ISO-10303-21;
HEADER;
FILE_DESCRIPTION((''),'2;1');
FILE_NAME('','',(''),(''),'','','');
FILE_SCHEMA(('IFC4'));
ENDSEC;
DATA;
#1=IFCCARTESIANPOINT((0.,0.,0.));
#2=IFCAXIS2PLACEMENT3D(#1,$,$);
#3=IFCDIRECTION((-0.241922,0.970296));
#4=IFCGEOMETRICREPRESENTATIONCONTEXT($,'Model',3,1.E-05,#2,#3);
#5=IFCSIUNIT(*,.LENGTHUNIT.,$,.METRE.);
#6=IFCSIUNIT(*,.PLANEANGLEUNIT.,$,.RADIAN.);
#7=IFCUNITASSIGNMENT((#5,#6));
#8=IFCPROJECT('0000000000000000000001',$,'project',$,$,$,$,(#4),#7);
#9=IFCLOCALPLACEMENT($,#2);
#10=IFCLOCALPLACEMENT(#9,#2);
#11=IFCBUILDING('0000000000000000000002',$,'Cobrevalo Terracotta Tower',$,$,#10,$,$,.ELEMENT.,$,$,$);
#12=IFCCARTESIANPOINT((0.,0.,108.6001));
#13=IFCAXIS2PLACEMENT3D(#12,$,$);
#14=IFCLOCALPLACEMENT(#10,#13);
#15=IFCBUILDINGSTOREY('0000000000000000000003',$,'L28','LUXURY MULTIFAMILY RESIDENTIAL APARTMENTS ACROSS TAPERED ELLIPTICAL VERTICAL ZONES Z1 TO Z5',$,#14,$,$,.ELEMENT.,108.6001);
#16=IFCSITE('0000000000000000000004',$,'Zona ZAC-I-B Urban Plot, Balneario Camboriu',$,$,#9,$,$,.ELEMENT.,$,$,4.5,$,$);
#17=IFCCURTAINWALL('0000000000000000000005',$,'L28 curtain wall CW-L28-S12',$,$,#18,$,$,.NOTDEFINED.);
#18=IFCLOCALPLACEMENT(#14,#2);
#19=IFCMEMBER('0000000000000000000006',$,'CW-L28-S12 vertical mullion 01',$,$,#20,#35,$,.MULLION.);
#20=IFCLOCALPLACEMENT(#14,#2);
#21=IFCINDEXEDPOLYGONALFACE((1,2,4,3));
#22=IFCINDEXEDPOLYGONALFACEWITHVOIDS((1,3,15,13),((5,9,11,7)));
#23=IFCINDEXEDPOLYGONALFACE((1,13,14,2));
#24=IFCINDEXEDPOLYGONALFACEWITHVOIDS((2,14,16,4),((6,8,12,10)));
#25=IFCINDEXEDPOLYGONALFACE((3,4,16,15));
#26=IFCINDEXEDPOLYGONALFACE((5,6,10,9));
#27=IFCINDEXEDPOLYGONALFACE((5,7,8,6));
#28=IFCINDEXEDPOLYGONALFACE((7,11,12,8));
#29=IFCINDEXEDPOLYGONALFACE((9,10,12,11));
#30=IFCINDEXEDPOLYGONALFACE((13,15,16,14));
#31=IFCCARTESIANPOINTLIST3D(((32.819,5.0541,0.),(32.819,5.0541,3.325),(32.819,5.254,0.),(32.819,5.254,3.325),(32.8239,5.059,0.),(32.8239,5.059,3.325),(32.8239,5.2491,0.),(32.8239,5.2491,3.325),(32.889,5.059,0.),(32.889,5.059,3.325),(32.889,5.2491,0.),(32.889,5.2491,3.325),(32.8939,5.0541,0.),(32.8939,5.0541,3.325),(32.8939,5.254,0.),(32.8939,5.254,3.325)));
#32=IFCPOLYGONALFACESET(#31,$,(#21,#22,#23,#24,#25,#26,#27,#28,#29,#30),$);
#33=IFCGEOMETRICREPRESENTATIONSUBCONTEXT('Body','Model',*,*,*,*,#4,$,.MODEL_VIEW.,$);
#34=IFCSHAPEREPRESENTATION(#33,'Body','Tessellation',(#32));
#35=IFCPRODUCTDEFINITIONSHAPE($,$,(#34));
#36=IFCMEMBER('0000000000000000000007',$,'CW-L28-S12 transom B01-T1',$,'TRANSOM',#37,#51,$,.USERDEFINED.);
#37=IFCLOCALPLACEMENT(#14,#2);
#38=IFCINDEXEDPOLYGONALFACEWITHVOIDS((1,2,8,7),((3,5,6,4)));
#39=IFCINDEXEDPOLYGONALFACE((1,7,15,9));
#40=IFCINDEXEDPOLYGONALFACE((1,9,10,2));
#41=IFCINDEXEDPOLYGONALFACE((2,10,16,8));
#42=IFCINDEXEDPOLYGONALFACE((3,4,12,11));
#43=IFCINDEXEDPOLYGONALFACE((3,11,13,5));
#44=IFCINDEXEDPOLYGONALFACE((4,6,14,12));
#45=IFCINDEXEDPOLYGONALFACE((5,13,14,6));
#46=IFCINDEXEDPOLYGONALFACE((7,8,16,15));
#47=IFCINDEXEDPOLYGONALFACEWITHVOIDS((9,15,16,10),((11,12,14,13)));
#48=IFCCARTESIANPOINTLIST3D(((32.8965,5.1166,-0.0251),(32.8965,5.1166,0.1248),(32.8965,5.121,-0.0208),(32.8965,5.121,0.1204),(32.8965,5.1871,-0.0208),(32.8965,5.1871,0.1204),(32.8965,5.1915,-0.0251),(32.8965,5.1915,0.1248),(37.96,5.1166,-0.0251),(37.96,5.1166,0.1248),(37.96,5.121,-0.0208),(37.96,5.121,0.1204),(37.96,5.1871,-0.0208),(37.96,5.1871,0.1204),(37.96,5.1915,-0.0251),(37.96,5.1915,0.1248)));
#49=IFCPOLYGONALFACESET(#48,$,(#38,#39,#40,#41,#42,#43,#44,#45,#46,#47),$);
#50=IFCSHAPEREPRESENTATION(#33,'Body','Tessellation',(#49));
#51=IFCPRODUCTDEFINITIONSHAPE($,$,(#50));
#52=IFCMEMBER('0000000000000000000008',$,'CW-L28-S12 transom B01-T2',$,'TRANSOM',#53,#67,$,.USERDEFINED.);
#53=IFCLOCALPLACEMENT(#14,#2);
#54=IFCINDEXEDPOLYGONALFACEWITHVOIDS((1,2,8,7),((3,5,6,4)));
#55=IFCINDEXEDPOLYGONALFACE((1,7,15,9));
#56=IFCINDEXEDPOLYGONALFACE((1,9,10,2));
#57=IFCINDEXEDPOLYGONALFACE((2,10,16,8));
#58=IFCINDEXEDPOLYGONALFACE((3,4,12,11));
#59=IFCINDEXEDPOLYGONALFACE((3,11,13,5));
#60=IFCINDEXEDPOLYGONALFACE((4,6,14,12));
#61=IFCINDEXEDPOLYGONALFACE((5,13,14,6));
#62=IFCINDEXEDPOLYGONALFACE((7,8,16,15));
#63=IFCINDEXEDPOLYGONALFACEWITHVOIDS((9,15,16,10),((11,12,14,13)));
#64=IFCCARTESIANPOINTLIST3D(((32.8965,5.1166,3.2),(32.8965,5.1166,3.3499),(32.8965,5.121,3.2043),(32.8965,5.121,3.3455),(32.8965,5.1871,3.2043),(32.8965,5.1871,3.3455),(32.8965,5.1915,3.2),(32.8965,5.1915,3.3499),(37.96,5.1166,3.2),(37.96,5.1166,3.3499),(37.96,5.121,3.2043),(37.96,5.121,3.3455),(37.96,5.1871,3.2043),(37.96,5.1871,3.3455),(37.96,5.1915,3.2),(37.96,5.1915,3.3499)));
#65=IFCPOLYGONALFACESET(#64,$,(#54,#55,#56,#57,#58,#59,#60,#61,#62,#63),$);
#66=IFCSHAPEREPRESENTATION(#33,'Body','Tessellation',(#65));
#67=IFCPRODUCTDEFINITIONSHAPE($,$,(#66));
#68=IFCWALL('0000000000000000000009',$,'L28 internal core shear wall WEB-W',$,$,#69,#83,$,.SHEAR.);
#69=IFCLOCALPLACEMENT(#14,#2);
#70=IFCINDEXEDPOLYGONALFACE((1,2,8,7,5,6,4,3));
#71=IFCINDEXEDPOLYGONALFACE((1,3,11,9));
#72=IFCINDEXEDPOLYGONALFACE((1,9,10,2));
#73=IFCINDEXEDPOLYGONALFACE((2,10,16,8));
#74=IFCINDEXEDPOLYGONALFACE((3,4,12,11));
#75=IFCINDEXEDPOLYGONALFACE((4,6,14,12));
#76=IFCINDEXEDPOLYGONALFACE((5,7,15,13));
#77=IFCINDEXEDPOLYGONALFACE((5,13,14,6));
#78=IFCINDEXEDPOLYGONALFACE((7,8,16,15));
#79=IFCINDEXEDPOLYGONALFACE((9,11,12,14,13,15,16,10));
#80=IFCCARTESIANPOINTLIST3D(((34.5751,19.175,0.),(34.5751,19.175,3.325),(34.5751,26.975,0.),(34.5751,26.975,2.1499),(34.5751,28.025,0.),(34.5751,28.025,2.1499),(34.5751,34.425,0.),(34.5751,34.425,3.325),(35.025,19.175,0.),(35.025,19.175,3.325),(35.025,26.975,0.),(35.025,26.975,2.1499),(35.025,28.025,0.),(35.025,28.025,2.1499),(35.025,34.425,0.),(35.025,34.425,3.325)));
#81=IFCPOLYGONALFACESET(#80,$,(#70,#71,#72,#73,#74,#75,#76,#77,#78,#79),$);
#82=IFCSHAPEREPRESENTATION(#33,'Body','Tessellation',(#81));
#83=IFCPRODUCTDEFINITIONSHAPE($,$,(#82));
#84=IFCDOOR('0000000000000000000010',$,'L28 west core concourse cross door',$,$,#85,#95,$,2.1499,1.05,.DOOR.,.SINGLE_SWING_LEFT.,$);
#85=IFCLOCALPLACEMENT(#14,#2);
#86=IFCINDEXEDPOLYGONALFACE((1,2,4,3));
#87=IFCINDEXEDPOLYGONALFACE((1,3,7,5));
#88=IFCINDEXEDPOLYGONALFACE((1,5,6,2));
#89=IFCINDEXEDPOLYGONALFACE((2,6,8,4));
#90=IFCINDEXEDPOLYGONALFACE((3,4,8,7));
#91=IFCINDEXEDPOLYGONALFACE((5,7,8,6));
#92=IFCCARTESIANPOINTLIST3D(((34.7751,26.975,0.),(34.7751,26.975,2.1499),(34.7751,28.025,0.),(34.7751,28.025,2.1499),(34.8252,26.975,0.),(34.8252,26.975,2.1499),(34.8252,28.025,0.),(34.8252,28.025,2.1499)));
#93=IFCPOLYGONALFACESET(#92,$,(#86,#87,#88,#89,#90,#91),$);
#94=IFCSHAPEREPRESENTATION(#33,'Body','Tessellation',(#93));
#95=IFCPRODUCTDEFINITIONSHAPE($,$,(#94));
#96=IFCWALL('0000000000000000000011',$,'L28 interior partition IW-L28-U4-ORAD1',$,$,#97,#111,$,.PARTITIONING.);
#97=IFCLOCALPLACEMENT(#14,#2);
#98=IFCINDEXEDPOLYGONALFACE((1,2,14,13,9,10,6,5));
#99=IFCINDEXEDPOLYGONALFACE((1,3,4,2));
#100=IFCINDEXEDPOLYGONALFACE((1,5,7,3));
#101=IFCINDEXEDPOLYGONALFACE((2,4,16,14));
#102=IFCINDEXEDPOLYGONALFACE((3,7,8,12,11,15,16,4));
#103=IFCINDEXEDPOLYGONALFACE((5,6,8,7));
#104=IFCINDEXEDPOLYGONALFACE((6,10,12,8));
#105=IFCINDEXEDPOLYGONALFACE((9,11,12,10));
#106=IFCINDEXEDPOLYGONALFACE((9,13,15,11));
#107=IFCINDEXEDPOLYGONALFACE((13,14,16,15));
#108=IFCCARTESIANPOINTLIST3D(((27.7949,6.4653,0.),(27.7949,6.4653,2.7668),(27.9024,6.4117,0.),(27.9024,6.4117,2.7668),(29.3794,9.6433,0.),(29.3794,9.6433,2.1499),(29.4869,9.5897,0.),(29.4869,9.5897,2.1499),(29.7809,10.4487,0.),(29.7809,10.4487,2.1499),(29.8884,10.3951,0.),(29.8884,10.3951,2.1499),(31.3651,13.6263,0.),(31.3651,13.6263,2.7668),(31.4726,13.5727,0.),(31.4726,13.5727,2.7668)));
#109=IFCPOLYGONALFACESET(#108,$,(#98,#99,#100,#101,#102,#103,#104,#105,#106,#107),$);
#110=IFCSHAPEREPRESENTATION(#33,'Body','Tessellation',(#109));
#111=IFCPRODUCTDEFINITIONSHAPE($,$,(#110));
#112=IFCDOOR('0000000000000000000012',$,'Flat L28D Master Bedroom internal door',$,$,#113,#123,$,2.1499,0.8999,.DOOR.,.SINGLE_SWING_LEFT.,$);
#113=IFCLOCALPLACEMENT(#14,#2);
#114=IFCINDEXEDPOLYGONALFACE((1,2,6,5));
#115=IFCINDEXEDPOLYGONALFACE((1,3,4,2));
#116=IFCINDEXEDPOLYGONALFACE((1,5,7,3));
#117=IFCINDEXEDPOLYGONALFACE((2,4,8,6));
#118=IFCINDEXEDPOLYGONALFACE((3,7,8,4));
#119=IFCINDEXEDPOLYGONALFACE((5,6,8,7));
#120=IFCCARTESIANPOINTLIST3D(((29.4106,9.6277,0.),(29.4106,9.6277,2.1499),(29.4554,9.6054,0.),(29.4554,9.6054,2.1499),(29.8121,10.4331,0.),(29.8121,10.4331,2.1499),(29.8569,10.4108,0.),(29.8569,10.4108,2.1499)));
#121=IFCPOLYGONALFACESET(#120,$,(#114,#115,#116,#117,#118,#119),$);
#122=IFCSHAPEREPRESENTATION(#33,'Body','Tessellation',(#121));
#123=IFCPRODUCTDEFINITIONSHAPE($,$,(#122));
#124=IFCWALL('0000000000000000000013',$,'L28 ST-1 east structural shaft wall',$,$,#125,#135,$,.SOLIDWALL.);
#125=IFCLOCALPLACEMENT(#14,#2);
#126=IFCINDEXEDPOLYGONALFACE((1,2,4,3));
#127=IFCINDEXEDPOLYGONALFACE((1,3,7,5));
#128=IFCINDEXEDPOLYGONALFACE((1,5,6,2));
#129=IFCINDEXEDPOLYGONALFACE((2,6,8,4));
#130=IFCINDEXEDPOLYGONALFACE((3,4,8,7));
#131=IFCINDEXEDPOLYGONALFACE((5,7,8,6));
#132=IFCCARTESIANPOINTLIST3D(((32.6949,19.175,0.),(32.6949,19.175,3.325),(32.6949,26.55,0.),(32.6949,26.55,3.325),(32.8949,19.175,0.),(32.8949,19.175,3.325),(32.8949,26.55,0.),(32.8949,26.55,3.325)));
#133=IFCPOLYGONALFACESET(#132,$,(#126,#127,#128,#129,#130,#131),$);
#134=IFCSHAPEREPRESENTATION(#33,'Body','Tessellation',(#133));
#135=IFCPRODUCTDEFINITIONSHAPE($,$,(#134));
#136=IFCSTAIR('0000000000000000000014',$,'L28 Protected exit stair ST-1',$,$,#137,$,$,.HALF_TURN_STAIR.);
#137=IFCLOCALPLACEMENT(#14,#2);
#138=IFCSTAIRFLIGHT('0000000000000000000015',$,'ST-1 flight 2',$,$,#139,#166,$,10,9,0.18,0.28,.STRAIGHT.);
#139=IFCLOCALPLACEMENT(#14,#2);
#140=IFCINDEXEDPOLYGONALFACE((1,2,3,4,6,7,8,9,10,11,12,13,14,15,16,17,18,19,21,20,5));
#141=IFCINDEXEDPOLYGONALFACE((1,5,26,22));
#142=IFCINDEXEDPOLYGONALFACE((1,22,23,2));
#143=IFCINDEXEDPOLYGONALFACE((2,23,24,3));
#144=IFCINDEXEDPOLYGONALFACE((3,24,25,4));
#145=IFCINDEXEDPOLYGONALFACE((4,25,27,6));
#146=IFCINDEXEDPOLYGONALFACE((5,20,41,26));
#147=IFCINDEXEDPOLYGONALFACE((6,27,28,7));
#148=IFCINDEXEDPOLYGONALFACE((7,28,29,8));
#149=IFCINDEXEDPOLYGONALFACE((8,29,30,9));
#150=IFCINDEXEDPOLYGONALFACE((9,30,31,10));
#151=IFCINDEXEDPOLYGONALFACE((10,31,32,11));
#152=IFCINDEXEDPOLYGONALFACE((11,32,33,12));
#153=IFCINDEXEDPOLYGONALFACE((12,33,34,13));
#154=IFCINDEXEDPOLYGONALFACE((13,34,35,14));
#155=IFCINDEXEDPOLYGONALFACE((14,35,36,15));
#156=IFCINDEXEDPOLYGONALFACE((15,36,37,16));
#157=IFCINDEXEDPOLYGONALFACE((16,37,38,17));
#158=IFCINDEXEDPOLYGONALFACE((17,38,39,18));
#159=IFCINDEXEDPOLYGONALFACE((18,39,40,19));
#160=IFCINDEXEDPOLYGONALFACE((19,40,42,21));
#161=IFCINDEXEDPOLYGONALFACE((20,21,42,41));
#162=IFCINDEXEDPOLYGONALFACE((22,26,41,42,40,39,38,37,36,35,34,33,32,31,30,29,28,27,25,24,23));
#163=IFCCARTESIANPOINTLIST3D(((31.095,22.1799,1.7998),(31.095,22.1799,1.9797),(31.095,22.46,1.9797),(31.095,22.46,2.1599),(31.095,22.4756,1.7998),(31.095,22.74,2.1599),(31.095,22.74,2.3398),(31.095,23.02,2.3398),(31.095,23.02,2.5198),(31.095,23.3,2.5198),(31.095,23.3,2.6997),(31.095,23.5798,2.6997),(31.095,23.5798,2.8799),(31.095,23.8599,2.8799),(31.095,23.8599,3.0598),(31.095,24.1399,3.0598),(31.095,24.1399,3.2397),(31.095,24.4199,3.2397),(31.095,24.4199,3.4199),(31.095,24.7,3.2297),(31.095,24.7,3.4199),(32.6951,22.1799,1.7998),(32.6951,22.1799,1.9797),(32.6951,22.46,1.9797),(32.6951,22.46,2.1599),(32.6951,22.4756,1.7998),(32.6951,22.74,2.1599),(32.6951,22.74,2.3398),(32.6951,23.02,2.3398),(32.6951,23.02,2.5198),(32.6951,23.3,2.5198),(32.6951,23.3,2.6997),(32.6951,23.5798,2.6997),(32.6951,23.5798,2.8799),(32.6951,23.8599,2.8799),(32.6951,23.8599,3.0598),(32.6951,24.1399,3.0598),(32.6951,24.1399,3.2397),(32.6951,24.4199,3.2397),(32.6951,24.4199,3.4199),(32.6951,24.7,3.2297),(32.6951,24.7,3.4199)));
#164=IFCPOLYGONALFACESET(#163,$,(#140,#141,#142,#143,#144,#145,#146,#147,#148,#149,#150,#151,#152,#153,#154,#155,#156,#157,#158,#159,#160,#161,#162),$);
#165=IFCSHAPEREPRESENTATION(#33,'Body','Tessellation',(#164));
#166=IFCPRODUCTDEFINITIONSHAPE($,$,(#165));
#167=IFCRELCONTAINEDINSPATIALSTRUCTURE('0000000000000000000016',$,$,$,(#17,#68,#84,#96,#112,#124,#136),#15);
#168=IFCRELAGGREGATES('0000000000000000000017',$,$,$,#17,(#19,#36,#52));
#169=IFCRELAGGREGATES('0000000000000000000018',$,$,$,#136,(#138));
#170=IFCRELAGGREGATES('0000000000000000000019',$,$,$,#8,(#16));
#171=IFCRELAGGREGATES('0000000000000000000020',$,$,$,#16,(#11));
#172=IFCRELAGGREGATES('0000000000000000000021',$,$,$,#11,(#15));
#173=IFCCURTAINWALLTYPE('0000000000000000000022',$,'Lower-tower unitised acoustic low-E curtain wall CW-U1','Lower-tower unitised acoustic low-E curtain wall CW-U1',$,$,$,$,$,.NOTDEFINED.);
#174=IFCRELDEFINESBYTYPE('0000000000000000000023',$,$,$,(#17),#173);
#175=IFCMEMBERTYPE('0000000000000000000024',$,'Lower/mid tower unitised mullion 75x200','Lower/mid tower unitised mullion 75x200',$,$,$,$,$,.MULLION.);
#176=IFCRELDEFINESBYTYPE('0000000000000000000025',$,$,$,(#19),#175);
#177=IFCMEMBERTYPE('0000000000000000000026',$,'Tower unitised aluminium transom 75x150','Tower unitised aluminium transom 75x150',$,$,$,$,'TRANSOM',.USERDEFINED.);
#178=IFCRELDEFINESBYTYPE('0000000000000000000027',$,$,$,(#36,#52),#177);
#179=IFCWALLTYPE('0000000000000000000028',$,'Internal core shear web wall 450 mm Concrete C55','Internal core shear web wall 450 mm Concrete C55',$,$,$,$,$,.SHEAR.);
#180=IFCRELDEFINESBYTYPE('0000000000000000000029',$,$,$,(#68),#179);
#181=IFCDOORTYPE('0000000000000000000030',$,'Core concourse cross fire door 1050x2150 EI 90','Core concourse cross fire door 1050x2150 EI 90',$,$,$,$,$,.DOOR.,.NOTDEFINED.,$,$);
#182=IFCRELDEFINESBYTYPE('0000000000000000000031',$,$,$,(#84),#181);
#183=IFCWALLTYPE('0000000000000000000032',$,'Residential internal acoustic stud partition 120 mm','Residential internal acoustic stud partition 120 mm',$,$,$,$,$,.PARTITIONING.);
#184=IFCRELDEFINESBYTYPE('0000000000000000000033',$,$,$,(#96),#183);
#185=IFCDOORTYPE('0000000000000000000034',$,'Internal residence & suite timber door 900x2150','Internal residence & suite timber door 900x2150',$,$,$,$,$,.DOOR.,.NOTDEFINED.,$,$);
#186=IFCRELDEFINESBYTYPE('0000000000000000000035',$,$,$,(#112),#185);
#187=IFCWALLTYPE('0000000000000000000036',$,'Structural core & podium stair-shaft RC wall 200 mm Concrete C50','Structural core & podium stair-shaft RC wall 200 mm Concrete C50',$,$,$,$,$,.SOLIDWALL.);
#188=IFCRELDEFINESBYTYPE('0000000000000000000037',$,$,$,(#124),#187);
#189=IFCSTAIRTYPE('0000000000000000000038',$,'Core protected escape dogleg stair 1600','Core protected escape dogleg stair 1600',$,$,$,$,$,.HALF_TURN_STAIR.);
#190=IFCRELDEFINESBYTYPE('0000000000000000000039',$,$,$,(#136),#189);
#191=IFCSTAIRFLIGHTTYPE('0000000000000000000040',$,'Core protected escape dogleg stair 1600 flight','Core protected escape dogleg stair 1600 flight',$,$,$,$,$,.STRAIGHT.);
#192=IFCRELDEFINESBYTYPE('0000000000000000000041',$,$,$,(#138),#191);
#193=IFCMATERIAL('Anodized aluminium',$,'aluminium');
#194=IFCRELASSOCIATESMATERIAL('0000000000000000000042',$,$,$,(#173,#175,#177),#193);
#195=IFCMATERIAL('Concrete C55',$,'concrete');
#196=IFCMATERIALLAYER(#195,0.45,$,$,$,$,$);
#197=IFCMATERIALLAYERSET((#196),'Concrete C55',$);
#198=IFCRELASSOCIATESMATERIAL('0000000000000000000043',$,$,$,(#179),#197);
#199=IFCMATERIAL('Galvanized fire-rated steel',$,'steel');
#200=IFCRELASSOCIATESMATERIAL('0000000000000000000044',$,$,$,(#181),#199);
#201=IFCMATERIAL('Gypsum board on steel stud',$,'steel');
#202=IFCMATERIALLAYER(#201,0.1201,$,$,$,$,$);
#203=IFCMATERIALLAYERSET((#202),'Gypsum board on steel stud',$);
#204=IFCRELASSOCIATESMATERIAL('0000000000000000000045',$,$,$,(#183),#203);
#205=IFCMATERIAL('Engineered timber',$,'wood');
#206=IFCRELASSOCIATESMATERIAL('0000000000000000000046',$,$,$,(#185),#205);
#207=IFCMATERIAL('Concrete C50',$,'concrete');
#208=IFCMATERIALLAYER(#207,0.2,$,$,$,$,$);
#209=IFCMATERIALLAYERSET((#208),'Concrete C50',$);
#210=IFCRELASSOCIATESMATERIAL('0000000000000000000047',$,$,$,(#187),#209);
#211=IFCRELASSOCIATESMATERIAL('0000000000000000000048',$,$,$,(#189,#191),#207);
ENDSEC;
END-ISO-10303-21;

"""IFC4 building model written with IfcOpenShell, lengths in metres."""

from ifc_helpers import new_model, si_unit, direction, frame, frame_2d, origin, origin_2d, place, context, subcontext, project, spatial, polyline, rectangle, hollow_rectangle, outline, extrude, source, transform, mapped, material, layer, layer_set, material_profile, profile_set, type_object, element, fill, aggregate, save


model = new_model("IFC4")

# Units and contexts
model_context = context("Model", 3, precision=1e-05, world=origin(), true_north=direction((-0.241922, 0.970296)))
body_context = subcontext(model_context, "Body", "Model", "MODEL_VIEW")
ifc_project = project(units=[si_unit("LENGTHUNIT", "METRE"), si_unit("PLANEANGLEUNIT", "RADIAN")], contexts=[model_context])

# Site, building, storey
site_placement = place(None, origin())
site = spatial("IfcSite", under=ifc_project, at=site_placement, Name="Zona ZAC-I-B Urban Plot, Balneario Camboriu", CompositionType="ELEMENT", RefElevation=4.5)
building_placement = place(site_placement, origin())
building = spatial("IfcBuilding", under=site, at=building_placement, Name="Cobrevalo Terracotta Tower", CompositionType="ELEMENT")
storey_placement = place(building_placement, frame((0.0, 0.0, 108.6001)))
storey = spatial("IfcBuildingStorey", under=building, at=storey_placement, Name="L28", Description="LUXURY MULTIFAMILY RESIDENTIAL APARTMENTS ACROSS TAPERED ELLIPTICAL VERTICAL ZONES Z1 TO Z5", CompositionType="ELEMENT", Elevation=108.6001)

# Curtain wall, members
ifc_material_1 = material(Name="Anodized aluminium", Category="aluminium")
curtain_wall_type = type_object("IfcCurtainWallType", Name="Lower-tower unitised acoustic low-E curtain wall CW-U1", Description="Lower-tower unitised acoustic low-E curtain wall CW-U1", PredefinedType="NOTDEFINED", material=ifc_material_1)
curtain_wall_placement = place(storey_placement, origin())
curtain_wall = element("IfcCurtainWall", 1, at=curtain_wall_placement, inside=storey, type_object=curtain_wall_type, Name="L28 curtain wall CW-L28-S12", PredefinedType="NOTDEFINED")
ifc_material_profile_1 = material_profile(ifc_material_1, hollow_rectangle(XDim=0.075, YDim=0.2, WallThickness=0.0049, at=origin_2d()), Name="CWM 75x200")
ifc_profile_set_1 = profile_set([ifc_material_profile_1], Name="Anodized aluminium")
member_type_1 = type_object("IfcMemberType", Name="Lower/mid tower unitised mullion 75x200", Description="Lower/mid tower unitised mullion 75x200", PredefinedType="MULLION", material=ifc_profile_set_1)
shared_shape_1 = source(origin(), body_context, "Body", "SweptSolid", [
    extrude(hollow_rectangle(XDim=0.075, YDim=0.2, WallThickness=0.0049, at=origin_2d()), origin(), (0.0, 0.0, 1.0), 3.325),
])
member_1_placement = place(storey_placement, frame((32.8564, 5.1541, 0.0), z_axis=(0.0, 0.0, 1.0), x_axis=(1.0, 0.0, 0.0)))
member_1 = element("IfcMember", 2, at=member_1_placement, type_object=member_type_1, Name="CW-L28-S12 vertical mullion 01", PredefinedType="MULLION", context=body_context, shape_type="MappedRepresentation", body=[
    mapped(shared_shape_1, transform((0.0, 0.0, 0.0), scale=1.0)),
])
ifc_material_profile_2 = material_profile(ifc_material_1, hollow_rectangle(XDim=0.075, YDim=0.1499, WallThickness=0.0044, at=origin_2d()), Name="CWT 75x150")
ifc_profile_set_2 = profile_set([ifc_material_profile_2], Name="Anodized aluminium")
member_type_2 = type_object("IfcMemberType", Name="Tower unitised aluminium transom 75x150", Description="Tower unitised aluminium transom 75x150", ElementType="TRANSOM", PredefinedType="USERDEFINED", material=ifc_profile_set_2)
shared_shape_2 = source(origin(), body_context, "Body", "SweptSolid", [
    extrude(hollow_rectangle(XDim=0.075, YDim=0.1499, WallThickness=0.0044, at=origin_2d()), origin(), (0.0, 0.0, 1.0), 5.0635),
])
member_2_placement = place(storey_placement, frame((32.8965, 5.1541, 0.0498), z_axis=(1.0, 0.0, 0.0), x_axis=(0.0, 1.0, 0.0)))
member_2 = element("IfcMember", 3, at=member_2_placement, type_object=member_type_2, Name="CW-L28-S12 transom B01-T1", ObjectType="TRANSOM", PredefinedType="USERDEFINED", context=body_context, shape_type="MappedRepresentation", body=[
    mapped(shared_shape_2, transform((0.0, 0.0, 0.0), scale=1.0)),
])
member_3_placement = place(storey_placement, frame((32.8965, 5.1541, 3.2749), z_axis=(1.0, 0.0, 0.0), x_axis=(0.0, 1.0, 0.0)))
member_3 = element("IfcMember", 4, at=member_3_placement, type_object=member_type_2, Name="CW-L28-S12 transom B01-T2", ObjectType="TRANSOM", PredefinedType="USERDEFINED", context=body_context, shape_type="MappedRepresentation", body=[
    mapped(shared_shape_2, transform((0.0, 0.0, 0.0), scale=1.0)),
])
aggregate(curtain_wall, [member_1, member_2, member_3])

# Walls, openings, doors
ifc_material_2 = material(Name="Concrete C55", Category="concrete")
ifc_layer_1 = layer(ifc_material_2, 0.45)
ifc_layer_set_1 = layer_set([ifc_layer_1], Name="Concrete C55")
wall_type_1 = type_object("IfcWallType", Name="Internal core shear web wall 450 mm Concrete C55", Description="Internal core shear web wall 450 mm Concrete C55", PredefinedType="SHEAR", material=ifc_layer_set_1)
wall_1_placement = place(storey_placement, frame((34.8, 19.175, 0.0), z_axis=(0.0, 0.0, 1.0), x_axis=(0.0, 1.0, 0.0)))
wall_1 = element("IfcWall", 5, at=wall_1_placement, inside=storey, type_object=wall_type_1, Name="L28 internal core shear wall WEB-W", PredefinedType="SHEAR", context=body_context, shape_type="SweptSolid", body=[
    extrude(rectangle(XDim=15.25, YDim=0.45, at=frame_2d((7.625, 0.0))), origin(), (0.0, 0.0, 1.0), 3.325),
])
opening_1_placement = place(wall_1_placement, frame((7.8, 0.0, 0.0)))
opening_1 = element("IfcOpeningElement", 6, at=opening_1_placement, cuts=wall_1, PredefinedType="OPENING", context=body_context, shape_type="SweptSolid", body=[
    extrude(rectangle(XDim=1.05, YDim=2.1499, at=frame_2d((0.5249, 1.075))), frame((0.0, 0.2349, 0.0), z_axis=(0.0, -1.0, 0.0), x_axis=(1.0, 0.0, 0.0)), (0.0, 0.0, 1.0), 0.47),
])
ifc_material_3 = material(Name="Galvanized fire-rated steel", Category="steel")
door_type_1 = type_object("IfcDoorType", Name="Core concourse cross fire door 1050x2150 EI 90", Description="Core concourse cross fire door 1050x2150 EI 90", OperationType="NOTDEFINED", PredefinedType="DOOR", material=ifc_material_3)
shared_shape_3 = source(origin(), body_context, "Body", "SweptSolid", [
    extrude(rectangle(XDim=1.05, YDim=2.1499, at=frame_2d((0.5249, 1.075))), frame((0.0, 0.0249, 0.0), z_axis=(0.0, -1.0, 0.0), x_axis=(1.0, 0.0, 0.0)), (0.0, 0.0, 1.0), 0.05),
])
door_1_placement = place(opening_1_placement, origin())
door_1 = element("IfcDoor", 7, at=door_1_placement, inside=storey, type_object=door_type_1, Name="L28 west core concourse cross door", OperationType="SINGLE_SWING_LEFT", OverallHeight=2.1499, OverallWidth=1.05, PredefinedType="DOOR", context=body_context, shape_type="MappedRepresentation", body=[
    mapped(shared_shape_3, transform((0.0, 0.0, 0.0), scale=1.0)),
])
fill(opening_1, door_1)
ifc_material_4 = material(Name="Gypsum board on steel stud", Category="steel")
ifc_layer_2 = layer(ifc_material_4, 0.1201)
ifc_layer_set_2 = layer_set([ifc_layer_2], Name="Gypsum board on steel stud")
wall_type_2 = type_object("IfcWallType", Name="Residential internal acoustic stud partition 120 mm", Description="Residential internal acoustic stud partition 120 mm", PredefinedType="PARTITIONING", material=ifc_layer_set_2)
wall_2_placement = place(storey_placement, frame((31.4189, 13.5996, 0.0), z_axis=(0.0, 0.0, 1.0), x_axis=(-0.446188, -0.894939, 0.0)))
wall_2 = element("IfcWall", 8, at=wall_2_placement, inside=storey, type_object=wall_type_2, Name="L28 interior partition IW-L28-U4-ORAD1", PredefinedType="PARTITIONING", context=body_context, shape_type="SweptSolid", body=[
    extrude(rectangle(XDim=8.0017, YDim=0.1201, at=frame_2d((4.001, 0.0))), origin(), (0.0, 0.0, 1.0), 2.7668),
])
opening_2_placement = place(wall_2_placement, frame((3.5508, 0.0, 0.0)))
opening_2 = element("IfcOpeningElement", 9, at=opening_2_placement, cuts=wall_2, PredefinedType="OPENING", context=body_context, shape_type="SweptSolid", body=[
    extrude(rectangle(XDim=0.8999, YDim=2.1499, at=frame_2d((0.45, 1.075))), frame((0.0, 0.0701, 0.0), z_axis=(0.0, -1.0, 0.0), x_axis=(1.0, 0.0, 0.0)), (0.0, 0.0, 1.0), 0.1401),
])
ifc_material_5 = material(Name="Engineered timber", Category="wood")
door_type_2 = type_object("IfcDoorType", Name="Internal residence & suite timber door 900x2150", Description="Internal residence & suite timber door 900x2150", OperationType="NOTDEFINED", PredefinedType="DOOR", material=ifc_material_5)
shared_shape_4 = source(origin(), body_context, "Body", "SweptSolid", [
    extrude(rectangle(XDim=0.8999, YDim=2.1499, at=frame_2d((0.45, 1.075))), frame((0.0, 0.0249, 0.0), z_axis=(0.0, -1.0, 0.0), x_axis=(1.0, 0.0, 0.0)), (0.0, 0.0, 1.0), 0.05),
])
door_2_placement = place(opening_2_placement, origin())
door_2 = element("IfcDoor", 10, at=door_2_placement, inside=storey, type_object=door_type_2, Name="Flat L28D Master Bedroom internal door", OperationType="SINGLE_SWING_LEFT", OverallHeight=2.1499, OverallWidth=0.8999, PredefinedType="DOOR", context=body_context, shape_type="MappedRepresentation", body=[
    mapped(shared_shape_4, transform((0.0, 0.0, 0.0), scale=1.0)),
])
fill(opening_2, door_2)

# Wall
ifc_material_6 = material(Name="Concrete C50", Category="concrete")
ifc_layer_3 = layer(ifc_material_6, 0.2)
ifc_layer_set_3 = layer_set([ifc_layer_3], Name="Concrete C50")
wall_type_3 = type_object("IfcWallType", Name="Structural core & podium stair-shaft RC wall 200 mm Concrete C50", Description="Structural core & podium stair-shaft RC wall 200 mm Concrete C50", PredefinedType="SOLIDWALL", material=ifc_layer_set_3)
wall_3_placement = place(storey_placement, frame((32.7949, 19.175, 0.0), z_axis=(0.0, 0.0, 1.0), x_axis=(0.0, 1.0, 0.0)))
element("IfcWall", 11, at=wall_3_placement, inside=storey, type_object=wall_type_3, Name="L28 ST-1 east structural shaft wall", PredefinedType="SOLIDWALL", context=body_context, shape_type="SweptSolid", body=[
    extrude(rectangle(XDim=7.375, YDim=0.2, at=frame_2d((3.6875, 0.0))), origin(), (0.0, 0.0, 1.0), 3.325),
])

# Stair, stair flight
stair_type = type_object("IfcStairType", Name="Core protected escape dogleg stair 1600", Description="Core protected escape dogleg stair 1600", PredefinedType="HALF_TURN_STAIR", material=ifc_material_6)
stair_placement = place(storey_placement, origin())
stair = element("IfcStair", 12, at=stair_placement, inside=storey, type_object=stair_type, Name="L28 Protected exit stair ST-1", PredefinedType="HALF_TURN_STAIR")
stair_flight_type = type_object("IfcStairFlightType", Name="Core protected escape dogleg stair 1600 flight", Description="Core protected escape dogleg stair 1600 flight", PredefinedType="STRAIGHT", material=ifc_material_6)
stair_flight_placement = place(storey_placement, frame((31.895, 22.1799, 1.7998), z_axis=(0.0, 0.0, 1.0), x_axis=(0.0, 1.0, 0.0)))
stair_flight = element("IfcStairFlight", 13, at=stair_flight_placement, type_object=stair_flight_type, Name="ST-1 flight 2", NumberOfRisers=10, NumberOfTreads=9, PredefinedType="STRAIGHT", RiserHeight=0.18, TreadLength=0.28, context=body_context, shape_type="SweptSolid", body=[
    extrude(outline(polyline([(0.0, 0.0), (0.0, 0.1799), (0.28, 0.1799), (0.28, 0.3601), (0.5601, 0.3601), (0.5601, 0.54), (0.8401, 0.54), (0.8401, 0.72), (1.1201, 0.72), (1.1201, 0.8999), (1.3999, 0.8999), (1.3999, 1.0801), (1.6799, 1.0801), (1.6799, 1.26), (1.96, 1.26), (1.96, 1.4399), (2.24, 1.4399), (2.24, 1.6201), (2.52, 1.6201), (2.52, 1.8), (2.52, 1.4299), (0.2957, 0.0), (0.0, 0.0)])), frame((0.0, 0.8, 0.0), z_axis=(0.0, -1.0, 0.0), x_axis=(1.0, 0.0, 0.0)), (0.0, 0.0, 1.0), 1.6001),
])
aggregate(stair, [stair_flight])

save(model, "model.ifc")
